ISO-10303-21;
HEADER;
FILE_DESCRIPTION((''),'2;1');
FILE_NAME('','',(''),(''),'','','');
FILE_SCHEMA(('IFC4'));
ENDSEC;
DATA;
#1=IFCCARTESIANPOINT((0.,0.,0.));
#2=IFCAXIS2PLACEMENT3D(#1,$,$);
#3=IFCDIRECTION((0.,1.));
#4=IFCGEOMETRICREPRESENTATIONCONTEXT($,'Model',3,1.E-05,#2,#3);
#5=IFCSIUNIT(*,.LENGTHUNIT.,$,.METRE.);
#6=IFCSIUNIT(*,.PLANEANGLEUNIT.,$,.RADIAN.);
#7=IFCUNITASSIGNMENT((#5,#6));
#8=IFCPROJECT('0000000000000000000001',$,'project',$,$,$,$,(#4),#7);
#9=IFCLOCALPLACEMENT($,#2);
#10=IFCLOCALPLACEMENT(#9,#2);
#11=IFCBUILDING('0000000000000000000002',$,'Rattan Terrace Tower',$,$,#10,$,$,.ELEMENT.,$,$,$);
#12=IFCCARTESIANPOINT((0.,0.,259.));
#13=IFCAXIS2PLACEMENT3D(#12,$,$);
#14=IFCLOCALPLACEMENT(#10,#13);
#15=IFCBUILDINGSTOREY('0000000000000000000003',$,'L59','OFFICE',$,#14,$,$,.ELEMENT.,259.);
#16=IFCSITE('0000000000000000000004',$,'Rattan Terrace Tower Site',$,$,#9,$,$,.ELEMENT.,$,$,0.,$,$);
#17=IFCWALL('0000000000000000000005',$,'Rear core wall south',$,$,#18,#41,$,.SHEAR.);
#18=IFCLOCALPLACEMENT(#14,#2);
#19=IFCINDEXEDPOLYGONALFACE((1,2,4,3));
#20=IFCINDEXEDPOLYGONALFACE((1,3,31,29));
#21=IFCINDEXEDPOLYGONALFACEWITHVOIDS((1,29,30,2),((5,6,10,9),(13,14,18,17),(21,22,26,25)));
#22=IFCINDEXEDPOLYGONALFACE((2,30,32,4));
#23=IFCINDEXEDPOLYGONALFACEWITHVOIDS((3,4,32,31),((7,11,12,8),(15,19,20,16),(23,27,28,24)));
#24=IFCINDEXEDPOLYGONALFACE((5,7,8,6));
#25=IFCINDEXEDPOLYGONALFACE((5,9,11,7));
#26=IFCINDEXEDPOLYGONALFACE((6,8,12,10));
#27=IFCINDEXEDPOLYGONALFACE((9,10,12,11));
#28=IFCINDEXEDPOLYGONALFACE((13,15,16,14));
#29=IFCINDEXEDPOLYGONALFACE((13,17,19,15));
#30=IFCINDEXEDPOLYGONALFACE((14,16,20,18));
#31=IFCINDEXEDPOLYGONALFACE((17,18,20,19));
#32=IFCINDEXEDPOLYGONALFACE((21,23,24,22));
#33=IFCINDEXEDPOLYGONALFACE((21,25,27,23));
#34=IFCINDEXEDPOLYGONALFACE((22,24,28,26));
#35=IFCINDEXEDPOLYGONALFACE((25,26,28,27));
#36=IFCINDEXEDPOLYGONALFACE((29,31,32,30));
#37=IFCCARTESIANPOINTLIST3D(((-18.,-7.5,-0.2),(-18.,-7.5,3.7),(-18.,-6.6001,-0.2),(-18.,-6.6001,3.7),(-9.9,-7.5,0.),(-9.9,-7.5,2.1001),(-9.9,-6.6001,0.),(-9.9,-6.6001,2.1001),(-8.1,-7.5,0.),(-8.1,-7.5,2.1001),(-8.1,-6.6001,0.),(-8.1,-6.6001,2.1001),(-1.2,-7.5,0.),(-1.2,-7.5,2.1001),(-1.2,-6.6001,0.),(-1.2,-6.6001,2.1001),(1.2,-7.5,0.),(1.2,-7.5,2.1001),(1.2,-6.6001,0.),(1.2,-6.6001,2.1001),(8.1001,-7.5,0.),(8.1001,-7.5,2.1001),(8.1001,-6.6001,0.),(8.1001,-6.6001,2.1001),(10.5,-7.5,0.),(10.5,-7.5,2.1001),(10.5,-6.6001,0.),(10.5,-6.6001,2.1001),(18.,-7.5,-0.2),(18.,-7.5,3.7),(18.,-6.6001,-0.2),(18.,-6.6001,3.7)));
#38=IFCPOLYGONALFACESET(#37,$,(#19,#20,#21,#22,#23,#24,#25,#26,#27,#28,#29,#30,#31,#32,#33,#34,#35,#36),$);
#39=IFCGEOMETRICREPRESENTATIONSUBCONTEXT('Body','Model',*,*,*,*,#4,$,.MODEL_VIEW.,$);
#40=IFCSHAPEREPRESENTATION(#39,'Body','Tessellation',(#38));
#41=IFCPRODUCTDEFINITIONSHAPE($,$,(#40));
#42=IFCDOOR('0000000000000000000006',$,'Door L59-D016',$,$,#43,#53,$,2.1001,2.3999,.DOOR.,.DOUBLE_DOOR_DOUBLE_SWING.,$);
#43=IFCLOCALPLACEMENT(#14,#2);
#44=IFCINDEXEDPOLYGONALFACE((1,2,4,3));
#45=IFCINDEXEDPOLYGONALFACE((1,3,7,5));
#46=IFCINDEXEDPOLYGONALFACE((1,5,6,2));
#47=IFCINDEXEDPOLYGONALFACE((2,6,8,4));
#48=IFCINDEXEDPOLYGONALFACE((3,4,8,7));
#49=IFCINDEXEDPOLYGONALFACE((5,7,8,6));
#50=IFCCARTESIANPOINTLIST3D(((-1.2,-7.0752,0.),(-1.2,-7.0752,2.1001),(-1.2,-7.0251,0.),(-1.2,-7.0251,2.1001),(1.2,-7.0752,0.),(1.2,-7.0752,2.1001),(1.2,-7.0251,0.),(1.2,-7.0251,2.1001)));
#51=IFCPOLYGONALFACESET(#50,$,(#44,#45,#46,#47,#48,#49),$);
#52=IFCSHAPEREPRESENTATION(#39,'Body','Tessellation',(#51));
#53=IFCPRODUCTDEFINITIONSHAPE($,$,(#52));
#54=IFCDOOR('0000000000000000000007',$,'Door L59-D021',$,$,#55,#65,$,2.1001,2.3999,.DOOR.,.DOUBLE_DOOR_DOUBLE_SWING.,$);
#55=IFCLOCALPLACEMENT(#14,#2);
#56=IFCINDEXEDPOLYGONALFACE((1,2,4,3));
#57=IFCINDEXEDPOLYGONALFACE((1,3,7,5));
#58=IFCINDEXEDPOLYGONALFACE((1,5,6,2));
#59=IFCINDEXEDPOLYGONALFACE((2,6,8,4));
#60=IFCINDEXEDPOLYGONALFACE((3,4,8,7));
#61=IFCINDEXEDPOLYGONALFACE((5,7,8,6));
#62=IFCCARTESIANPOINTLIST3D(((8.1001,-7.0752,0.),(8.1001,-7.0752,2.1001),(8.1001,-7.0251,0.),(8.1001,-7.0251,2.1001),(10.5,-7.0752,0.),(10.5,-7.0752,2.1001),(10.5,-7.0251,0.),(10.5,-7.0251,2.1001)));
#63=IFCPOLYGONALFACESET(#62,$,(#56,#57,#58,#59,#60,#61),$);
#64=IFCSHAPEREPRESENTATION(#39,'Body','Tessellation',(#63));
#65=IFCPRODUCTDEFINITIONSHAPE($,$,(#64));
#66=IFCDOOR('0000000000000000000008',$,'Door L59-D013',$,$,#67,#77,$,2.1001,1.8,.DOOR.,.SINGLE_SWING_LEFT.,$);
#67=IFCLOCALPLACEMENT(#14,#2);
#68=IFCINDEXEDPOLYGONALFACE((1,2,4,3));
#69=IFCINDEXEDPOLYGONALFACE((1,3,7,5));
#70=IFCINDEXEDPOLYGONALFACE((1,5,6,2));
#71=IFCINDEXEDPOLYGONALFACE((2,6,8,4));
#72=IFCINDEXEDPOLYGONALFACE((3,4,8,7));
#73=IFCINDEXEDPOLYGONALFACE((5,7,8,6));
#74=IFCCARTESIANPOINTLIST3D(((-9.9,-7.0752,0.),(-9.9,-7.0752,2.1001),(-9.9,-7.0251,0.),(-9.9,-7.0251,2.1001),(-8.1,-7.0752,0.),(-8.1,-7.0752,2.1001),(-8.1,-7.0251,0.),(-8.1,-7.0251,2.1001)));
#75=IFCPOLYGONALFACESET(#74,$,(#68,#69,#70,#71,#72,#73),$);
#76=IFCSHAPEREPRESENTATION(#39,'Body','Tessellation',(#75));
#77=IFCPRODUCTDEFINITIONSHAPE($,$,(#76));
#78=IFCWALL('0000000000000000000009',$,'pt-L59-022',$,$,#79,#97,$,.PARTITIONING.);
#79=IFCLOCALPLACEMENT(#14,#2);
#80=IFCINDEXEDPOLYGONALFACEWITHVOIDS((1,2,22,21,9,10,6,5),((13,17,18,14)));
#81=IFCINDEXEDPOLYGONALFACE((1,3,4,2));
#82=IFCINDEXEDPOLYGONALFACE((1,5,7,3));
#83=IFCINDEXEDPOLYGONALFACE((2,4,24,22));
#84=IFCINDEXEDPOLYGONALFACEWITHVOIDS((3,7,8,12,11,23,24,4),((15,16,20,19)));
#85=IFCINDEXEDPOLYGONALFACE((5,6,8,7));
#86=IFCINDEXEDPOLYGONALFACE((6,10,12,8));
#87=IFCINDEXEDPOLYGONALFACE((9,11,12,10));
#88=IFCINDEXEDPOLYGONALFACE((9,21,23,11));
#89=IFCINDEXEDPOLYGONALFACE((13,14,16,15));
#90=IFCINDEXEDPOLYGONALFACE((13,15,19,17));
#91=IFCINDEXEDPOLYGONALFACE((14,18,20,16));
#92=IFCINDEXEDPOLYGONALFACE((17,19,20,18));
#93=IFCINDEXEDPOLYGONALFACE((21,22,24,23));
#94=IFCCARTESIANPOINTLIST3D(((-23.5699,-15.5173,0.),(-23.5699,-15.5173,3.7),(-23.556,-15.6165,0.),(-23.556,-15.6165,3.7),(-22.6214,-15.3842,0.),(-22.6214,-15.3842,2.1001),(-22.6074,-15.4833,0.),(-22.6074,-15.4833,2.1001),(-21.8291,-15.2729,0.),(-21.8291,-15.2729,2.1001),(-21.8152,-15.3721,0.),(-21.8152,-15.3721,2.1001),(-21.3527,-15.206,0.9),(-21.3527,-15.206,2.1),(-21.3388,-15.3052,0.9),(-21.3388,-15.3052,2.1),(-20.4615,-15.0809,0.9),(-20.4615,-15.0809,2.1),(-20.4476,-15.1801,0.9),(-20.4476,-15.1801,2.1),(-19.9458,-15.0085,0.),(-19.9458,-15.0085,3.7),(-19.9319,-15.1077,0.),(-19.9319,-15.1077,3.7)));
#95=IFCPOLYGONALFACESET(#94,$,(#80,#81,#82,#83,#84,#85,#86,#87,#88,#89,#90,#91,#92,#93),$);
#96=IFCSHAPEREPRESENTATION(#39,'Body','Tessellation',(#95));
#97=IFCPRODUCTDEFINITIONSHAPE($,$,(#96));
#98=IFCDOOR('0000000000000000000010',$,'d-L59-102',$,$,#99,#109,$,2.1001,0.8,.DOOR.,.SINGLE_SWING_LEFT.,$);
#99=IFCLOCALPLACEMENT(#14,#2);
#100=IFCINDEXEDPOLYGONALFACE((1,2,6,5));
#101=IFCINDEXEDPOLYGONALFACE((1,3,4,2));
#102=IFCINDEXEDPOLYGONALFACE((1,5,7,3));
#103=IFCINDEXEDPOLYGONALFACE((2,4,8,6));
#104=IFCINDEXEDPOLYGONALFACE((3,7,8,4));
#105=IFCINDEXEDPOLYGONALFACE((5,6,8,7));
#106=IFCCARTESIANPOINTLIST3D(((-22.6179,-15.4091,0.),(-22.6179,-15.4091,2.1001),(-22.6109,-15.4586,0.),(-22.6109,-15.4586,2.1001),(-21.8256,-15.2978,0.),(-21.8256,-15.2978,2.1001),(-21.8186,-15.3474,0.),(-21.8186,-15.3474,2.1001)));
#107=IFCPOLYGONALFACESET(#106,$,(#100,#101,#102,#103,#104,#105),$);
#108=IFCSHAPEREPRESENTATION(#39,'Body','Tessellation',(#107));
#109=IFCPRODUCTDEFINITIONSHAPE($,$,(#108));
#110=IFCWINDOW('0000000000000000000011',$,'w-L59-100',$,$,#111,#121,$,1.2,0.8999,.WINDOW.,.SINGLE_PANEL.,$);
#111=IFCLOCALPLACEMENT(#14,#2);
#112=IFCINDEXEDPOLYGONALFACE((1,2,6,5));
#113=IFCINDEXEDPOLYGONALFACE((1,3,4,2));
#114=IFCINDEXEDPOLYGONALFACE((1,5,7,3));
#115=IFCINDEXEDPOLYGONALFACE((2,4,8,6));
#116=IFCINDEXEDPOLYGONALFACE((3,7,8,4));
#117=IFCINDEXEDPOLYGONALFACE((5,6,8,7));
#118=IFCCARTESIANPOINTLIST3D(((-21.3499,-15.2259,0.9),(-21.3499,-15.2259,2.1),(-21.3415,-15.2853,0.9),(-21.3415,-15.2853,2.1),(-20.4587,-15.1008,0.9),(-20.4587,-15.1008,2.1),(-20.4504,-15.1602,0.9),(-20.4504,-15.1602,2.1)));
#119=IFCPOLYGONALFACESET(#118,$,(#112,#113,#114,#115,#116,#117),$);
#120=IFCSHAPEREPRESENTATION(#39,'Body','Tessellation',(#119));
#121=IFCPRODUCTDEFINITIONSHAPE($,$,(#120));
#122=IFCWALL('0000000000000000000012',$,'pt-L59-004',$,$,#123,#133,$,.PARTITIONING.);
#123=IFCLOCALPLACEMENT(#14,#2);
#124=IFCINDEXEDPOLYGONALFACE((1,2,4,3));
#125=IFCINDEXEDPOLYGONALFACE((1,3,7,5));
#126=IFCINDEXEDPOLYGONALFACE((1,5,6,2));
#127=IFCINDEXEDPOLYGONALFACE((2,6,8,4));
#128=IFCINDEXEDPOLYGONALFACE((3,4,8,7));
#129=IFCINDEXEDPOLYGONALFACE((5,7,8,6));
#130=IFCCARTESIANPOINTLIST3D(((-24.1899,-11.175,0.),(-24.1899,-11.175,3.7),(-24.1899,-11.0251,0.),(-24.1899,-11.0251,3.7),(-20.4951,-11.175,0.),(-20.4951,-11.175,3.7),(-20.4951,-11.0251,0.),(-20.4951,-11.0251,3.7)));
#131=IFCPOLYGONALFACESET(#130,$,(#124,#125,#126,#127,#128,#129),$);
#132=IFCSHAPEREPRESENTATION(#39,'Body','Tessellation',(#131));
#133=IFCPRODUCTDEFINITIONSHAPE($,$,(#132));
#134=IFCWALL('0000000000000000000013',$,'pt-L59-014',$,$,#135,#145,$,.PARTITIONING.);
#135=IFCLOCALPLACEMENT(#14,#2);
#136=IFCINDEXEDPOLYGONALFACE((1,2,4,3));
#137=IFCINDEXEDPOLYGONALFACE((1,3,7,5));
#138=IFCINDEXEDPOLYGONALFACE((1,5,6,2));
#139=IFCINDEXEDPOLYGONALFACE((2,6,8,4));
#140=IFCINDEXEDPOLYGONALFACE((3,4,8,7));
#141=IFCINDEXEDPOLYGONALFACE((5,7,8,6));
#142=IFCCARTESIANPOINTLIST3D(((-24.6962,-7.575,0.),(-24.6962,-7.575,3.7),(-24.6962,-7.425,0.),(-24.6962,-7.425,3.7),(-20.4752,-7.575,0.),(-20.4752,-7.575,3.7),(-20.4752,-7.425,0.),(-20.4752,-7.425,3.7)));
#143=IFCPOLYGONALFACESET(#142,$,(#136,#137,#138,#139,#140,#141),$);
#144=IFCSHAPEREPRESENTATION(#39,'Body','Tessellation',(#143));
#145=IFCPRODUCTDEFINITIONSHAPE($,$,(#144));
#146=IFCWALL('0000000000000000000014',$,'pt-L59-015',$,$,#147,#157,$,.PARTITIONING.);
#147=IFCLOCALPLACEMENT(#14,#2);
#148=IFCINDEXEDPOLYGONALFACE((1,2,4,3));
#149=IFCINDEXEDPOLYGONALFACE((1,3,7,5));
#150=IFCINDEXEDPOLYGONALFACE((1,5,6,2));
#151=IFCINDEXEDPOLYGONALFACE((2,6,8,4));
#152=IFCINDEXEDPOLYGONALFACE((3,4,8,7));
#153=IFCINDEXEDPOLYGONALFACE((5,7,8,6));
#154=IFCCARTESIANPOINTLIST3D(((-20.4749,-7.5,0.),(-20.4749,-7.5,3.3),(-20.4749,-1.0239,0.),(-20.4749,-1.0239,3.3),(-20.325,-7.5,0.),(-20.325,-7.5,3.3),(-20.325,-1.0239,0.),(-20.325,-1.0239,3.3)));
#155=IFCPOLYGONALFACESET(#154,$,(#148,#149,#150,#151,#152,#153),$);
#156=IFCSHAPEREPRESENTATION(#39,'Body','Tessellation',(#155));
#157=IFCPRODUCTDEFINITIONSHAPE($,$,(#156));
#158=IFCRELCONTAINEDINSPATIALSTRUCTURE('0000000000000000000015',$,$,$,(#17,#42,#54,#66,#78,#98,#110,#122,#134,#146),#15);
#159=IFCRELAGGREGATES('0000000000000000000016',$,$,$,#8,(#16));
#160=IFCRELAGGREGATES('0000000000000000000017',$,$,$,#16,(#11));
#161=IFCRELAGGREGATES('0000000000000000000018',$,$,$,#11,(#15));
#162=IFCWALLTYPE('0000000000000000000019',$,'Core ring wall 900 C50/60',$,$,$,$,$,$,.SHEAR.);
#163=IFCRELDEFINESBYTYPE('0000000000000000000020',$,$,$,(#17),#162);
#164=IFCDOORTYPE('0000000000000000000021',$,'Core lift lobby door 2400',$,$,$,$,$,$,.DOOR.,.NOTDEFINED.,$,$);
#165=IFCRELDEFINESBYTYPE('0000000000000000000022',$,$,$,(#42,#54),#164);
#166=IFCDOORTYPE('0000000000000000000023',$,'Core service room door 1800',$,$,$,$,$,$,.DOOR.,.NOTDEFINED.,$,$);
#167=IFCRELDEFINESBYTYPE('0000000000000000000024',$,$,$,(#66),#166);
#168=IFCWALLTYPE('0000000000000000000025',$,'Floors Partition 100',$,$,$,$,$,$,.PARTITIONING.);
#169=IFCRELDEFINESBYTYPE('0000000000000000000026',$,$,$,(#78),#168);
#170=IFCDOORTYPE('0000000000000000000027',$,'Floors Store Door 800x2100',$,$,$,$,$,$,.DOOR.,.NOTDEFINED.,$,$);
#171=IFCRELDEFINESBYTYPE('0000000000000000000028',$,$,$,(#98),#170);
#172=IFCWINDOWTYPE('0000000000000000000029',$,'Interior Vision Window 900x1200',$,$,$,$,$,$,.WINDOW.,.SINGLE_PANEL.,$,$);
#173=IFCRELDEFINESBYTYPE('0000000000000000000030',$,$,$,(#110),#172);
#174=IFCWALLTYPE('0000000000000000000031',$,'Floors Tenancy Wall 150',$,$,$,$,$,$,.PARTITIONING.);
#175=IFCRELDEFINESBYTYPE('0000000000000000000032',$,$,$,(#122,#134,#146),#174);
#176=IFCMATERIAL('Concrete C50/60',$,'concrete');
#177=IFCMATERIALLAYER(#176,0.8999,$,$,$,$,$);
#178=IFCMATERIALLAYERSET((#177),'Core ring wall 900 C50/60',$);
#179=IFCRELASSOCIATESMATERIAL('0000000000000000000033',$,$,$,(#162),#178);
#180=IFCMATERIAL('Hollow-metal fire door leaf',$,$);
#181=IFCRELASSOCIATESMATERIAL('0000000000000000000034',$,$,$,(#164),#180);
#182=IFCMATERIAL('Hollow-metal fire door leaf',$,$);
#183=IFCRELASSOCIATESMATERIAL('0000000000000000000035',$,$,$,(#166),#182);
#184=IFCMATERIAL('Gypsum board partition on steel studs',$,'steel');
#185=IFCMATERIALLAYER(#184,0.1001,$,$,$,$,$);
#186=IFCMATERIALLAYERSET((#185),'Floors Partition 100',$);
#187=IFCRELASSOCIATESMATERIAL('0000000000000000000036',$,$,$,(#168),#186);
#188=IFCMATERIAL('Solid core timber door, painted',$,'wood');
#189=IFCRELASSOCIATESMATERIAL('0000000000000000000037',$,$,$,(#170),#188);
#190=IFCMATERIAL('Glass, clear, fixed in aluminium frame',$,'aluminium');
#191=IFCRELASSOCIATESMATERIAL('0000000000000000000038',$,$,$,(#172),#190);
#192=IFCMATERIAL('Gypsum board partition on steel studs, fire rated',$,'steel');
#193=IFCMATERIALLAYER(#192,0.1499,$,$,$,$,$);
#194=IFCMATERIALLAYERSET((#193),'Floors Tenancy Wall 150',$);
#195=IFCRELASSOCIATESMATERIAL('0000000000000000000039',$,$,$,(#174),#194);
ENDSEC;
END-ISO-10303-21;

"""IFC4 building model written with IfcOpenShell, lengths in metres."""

from ifc_helpers import new_model, si_unit, direction, frame, frame_2d, origin, place, context, subcontext, project, spatial, rectangle, extrude, material, layer, layer_set, type_object, element, fill, save


model = new_model("IFC4")

# Units and contexts
model_context = context("Model", 3, precision=1e-05, world=origin(), true_north=direction((0.0, 1.0)))
body_context = subcontext(model_context, "Body", "Model", "MODEL_VIEW")
ifc_project = project(units=[si_unit("LENGTHUNIT", "METRE"), si_unit("PLANEANGLEUNIT", "RADIAN")], contexts=[model_context])

# Site, building, storey
site_placement = place(None, origin())
site = spatial("IfcSite", under=ifc_project, at=site_placement, Name="Rattan Terrace Tower Site", CompositionType="ELEMENT", RefElevation=0.0)
building_placement = place(site_placement, origin())
building = spatial("IfcBuilding", under=site, at=building_placement, Name="Rattan Terrace Tower", CompositionType="ELEMENT")
storey_placement = place(building_placement, frame((0.0, 0.0, 259.0)))
storey = spatial("IfcBuildingStorey", under=building, at=storey_placement, Name="L59", Description="OFFICE", CompositionType="ELEMENT", Elevation=259.0)

# Wall, openings, doors
ifc_material_1 = material(Name="Concrete C50/60", Category="concrete")
ifc_layer_1 = layer(ifc_material_1, 0.8999)
ifc_layer_set_1 = layer_set([ifc_layer_1], Name="Core ring wall 900 C50/60")
wall_type_1 = type_object("IfcWallType", Name="Core ring wall 900 C50/60", PredefinedType="SHEAR", material=ifc_layer_set_1)
wall_1_placement = place(storey_placement, frame((-18.0, -7.05, -0.2), z_axis=(0.0, 0.0, 1.0), x_axis=(1.0, 0.0, 0.0)))
wall_1 = element("IfcWall", 1, at=wall_1_placement, inside=storey, type_object=wall_type_1, Name="Rear core wall south", PredefinedType="SHEAR", context=body_context, shape_type="SweptSolid", body=[
    extrude(rectangle(XDim=36.0, YDim=0.8999, at=frame_2d((18.0, 0.0))), origin(), (0.0, 0.0, 1.0), 3.8999),
])
opening_1_placement = place(wall_1_placement, frame((8.1001, 0.0, 0.2)))
opening_1 = element("IfcOpeningElement", 2, at=opening_1_placement, cuts=wall_1, PredefinedType="OPENING", context=body_context, shape_type="SweptSolid", body=[
    extrude(rectangle(XDim=1.8, YDim=2.1001, at=frame_2d((0.8999, 1.05))), frame((0.0, 0.4604, 0.0), z_axis=(0.0, -1.0, 0.0), x_axis=(1.0, 0.0, 0.0)), (0.0, 0.0, 1.0), 0.9209),
])
opening_2_placement = place(wall_1_placement, frame((16.8, 0.0, 0.2)))
opening_2 = element("IfcOpeningElement", 3, at=opening_2_placement, cuts=wall_1, PredefinedType="OPENING", context=body_context, shape_type="SweptSolid", body=[
    extrude(rectangle(XDim=2.3999, YDim=2.1001, at=frame_2d((1.2, 1.05))), frame((0.0, 0.4604, 0.0), z_axis=(0.0, -1.0, 0.0), x_axis=(1.0, 0.0, 0.0)), (0.0, 0.0, 1.0), 0.9209),
])
opening_3_placement = place(wall_1_placement, frame((26.1001, 0.0, 0.2)))
opening_3 = element("IfcOpeningElement", 4, at=opening_3_placement, cuts=wall_1, PredefinedType="OPENING", context=body_context, shape_type="SweptSolid", body=[
    extrude(rectangle(XDim=2.3999, YDim=2.1001, at=frame_2d((1.2, 1.05))), frame((0.0, 0.4604, 0.0), z_axis=(0.0, -1.0, 0.0), x_axis=(1.0, 0.0, 0.0)), (0.0, 0.0, 1.0), 0.9209),
])
ifc_material_2 = material(Name="Hollow-metal fire door leaf")
door_type_1 = type_object("IfcDoorType", Name="Core lift lobby door 2400", OperationType="NOTDEFINED", PredefinedType="DOOR", material=ifc_material_2)
door_1_placement = place(opening_2_placement, origin())
door_1 = element("IfcDoor", 5, at=door_1_placement, inside=storey, type_object=door_type_1, Name="Door L59-D016", OperationType="DOUBLE_DOOR_DOUBLE_SWING", OverallHeight=2.1001, OverallWidth=2.3999, PredefinedType="DOOR", context=body_context, shape_type="SweptSolid", body=[
    extrude(rectangle(XDim=2.3999, YDim=2.1001, at=frame_2d((1.2, 1.05))), frame((0.0, 0.0249, 0.0), z_axis=(0.0, -1.0, 0.0), x_axis=(1.0, 0.0, 0.0)), (0.0, 0.0, 1.0), 0.05),
])
fill(opening_2, door_1)
door_2_placement = place(opening_3_placement, origin())
door_2 = element("IfcDoor", 6, at=door_2_placement, inside=storey, type_object=door_type_1, Name="Door L59-D021", OperationType="DOUBLE_DOOR_DOUBLE_SWING", OverallHeight=2.1001, OverallWidth=2.3999, PredefinedType="DOOR", context=body_context, shape_type="SweptSolid", body=[
    extrude(rectangle(XDim=2.3999, YDim=2.1001, at=frame_2d((1.2, 1.05))), frame((0.0, 0.0249, 0.0), z_axis=(0.0, -1.0, 0.0), x_axis=(1.0, 0.0, 0.0)), (0.0, 0.0, 1.0), 0.05),
])
fill(opening_3, door_2)
ifc_material_3 = material(Name="Hollow-metal fire door leaf")
door_type_2 = type_object("IfcDoorType", Name="Core service room door 1800", OperationType="NOTDEFINED", PredefinedType="DOOR", material=ifc_material_3)
door_3_placement = place(opening_1_placement, origin())
door_3 = element("IfcDoor", 7, at=door_3_placement, inside=storey, type_object=door_type_2, Name="Door L59-D013", OperationType="SINGLE_SWING_LEFT", OverallHeight=2.1001, OverallWidth=1.8, PredefinedType="DOOR", context=body_context, shape_type="SweptSolid", body=[
    extrude(rectangle(XDim=1.8, YDim=2.1001, at=frame_2d((0.8999, 1.05))), frame((0.0, 0.0249, 0.0), z_axis=(0.0, -1.0, 0.0), x_axis=(1.0, 0.0, 0.0)), (0.0, 0.0, 1.0), 0.05),
])
fill(opening_1, door_3)

# Wall, openings, door, window
ifc_material_4 = material(Name="Gypsum board partition on steel studs", Category="steel")
ifc_layer_2 = layer(ifc_material_4, 0.1001)
ifc_layer_set_2 = layer_set([ifc_layer_2], Name="Floors Partition 100")
wall_type_2 = type_object("IfcWallType", Name="Floors Partition 100", PredefinedType="PARTITIONING", material=ifc_layer_set_2)
wall_2_placement = place(storey_placement, frame((-23.563, -15.5669, 0.0), z_axis=(0.0, 0.0, 1.0), x_axis=(0.990288, 0.13903, 0.0)))
wall_2 = element("IfcWall", 8, at=wall_2_placement, inside=storey, type_object=wall_type_2, Name="pt-L59-022", PredefinedType="PARTITIONING", context=body_context, shape_type="SweptSolid", body=[
    extrude(rectangle(XDim=3.6597, YDim=0.1001, at=frame_2d((1.8298, 0.0))), origin(), (0.0, 0.0, 1.0), 3.7),
])
opening_4_placement = place(wall_2_placement, frame((0.958, 0.0, 0.0)))
opening_4 = element("IfcOpeningElement", 9, at=opening_4_placement, cuts=wall_2, PredefinedType="OPENING", context=body_context, shape_type="SweptSolid", body=[
    extrude(rectangle(XDim=0.8, YDim=2.1001, at=frame_2d((0.3999, 1.05))), frame((0.0, 0.0605, 0.0), z_axis=(0.0, -1.0, 0.0), x_axis=(1.0, 0.0, 0.0)), (0.0, 0.0, 1.0), 0.1211),
])
opening_5_placement = place(wall_2_placement, frame((2.239, 0.0, 0.8999)))
opening_5 = element("IfcOpeningElement", 10, at=opening_5_placement, cuts=wall_2, PredefinedType="OPENING", context=body_context, shape_type="SweptSolid", body=[
    extrude(rectangle(XDim=0.8999, YDim=1.2, at=frame_2d((0.45, 0.6001))), frame((0.0, 0.0605, 0.0), z_axis=(0.0, -1.0, 0.0), x_axis=(1.0, 0.0, 0.0)), (0.0, 0.0, 1.0), 0.1211),
])
ifc_material_5 = material(Name="Solid core timber door, painted", Category="wood")
door_type_3 = type_object("IfcDoorType", Name="Floors Store Door 800x2100", OperationType="NOTDEFINED", PredefinedType="DOOR", material=ifc_material_5)
door_4_placement = place(opening_4_placement, origin())
door_4 = element("IfcDoor", 11, at=door_4_placement, inside=storey, type_object=door_type_3, Name="d-L59-102", OperationType="SINGLE_SWING_LEFT", OverallHeight=2.1001, OverallWidth=0.8, PredefinedType="DOOR", context=body_context, shape_type="SweptSolid", body=[
    extrude(rectangle(XDim=0.8, YDim=2.1001, at=frame_2d((0.3999, 1.05))), frame((0.0, 0.0249, 0.0), z_axis=(0.0, -1.0, 0.0), x_axis=(1.0, 0.0, 0.0)), (0.0, 0.0, 1.0), 0.05),
])
fill(opening_4, door_4)
ifc_material_6 = material(Name="Glass, clear, fixed in aluminium frame", Category="aluminium")
window_type = type_object("IfcWindowType", Name="Interior Vision Window 900x1200", PartitioningType="SINGLE_PANEL", PredefinedType="WINDOW", material=ifc_material_6)
window_placement = place(opening_5_placement, origin())
window = element("IfcWindow", 12, at=window_placement, inside=storey, type_object=window_type, Name="w-L59-100", OverallHeight=1.2, OverallWidth=0.8999, PartitioningType="SINGLE_PANEL", PredefinedType="WINDOW", context=body_context, shape_type="SweptSolid", body=[
    extrude(rectangle(XDim=0.8999, YDim=1.2, at=frame_2d((0.45, 0.6001))), frame((0.0, 0.03, 0.0), z_axis=(0.0, -1.0, 0.0), x_axis=(1.0, 0.0, 0.0)), (0.0, 0.0, 1.0), 0.0601),
])
fill(opening_5, window)

# Walls
ifc_material_7 = material(Name="Gypsum board partition on steel studs, fire rated", Category="steel")
ifc_layer_3 = layer(ifc_material_7, 0.1499)
ifc_layer_set_3 = layer_set([ifc_layer_3], Name="Floors Tenancy Wall 150")
wall_type_3 = type_object("IfcWallType", Name="Floors Tenancy Wall 150", PredefinedType="PARTITIONING", material=ifc_layer_set_3)
wall_3_placement = place(storey_placement, frame((-20.4951, -11.1001, 0.0), z_axis=(0.0, 0.0, 1.0), x_axis=(-1.0, 0.0, 0.0)))
element("IfcWall", 13, at=wall_3_placement, inside=storey, type_object=wall_type_3, Name="pt-L59-004", PredefinedType="PARTITIONING", context=body_context, shape_type="SweptSolid", body=[
    extrude(rectangle(XDim=3.6948, YDim=0.1499, at=frame_2d((1.8474, 0.0))), origin(), (0.0, 0.0, 1.0), 3.7),
])
wall_4_placement = place(storey_placement, frame((-24.696, -7.5, 0.0), z_axis=(0.0, 0.0, 1.0), x_axis=(1.0, 0.0, 0.0)))
element("IfcWall", 14, at=wall_4_placement, inside=storey, type_object=wall_type_3, Name="pt-L59-014", PredefinedType="PARTITIONING", context=body_context, shape_type="SweptSolid", body=[
    extrude(rectangle(XDim=4.2209, YDim=0.1499, at=frame_2d((2.1104, 0.0))), origin(), (0.0, 0.0, 1.0), 3.7),
])
wall_5_placement = place(storey_placement, frame((-20.3999, -7.5, 0.0), z_axis=(0.0, 0.0, 1.0), x_axis=(0.0, 1.0, 0.0)))
element("IfcWall", 15, at=wall_5_placement, inside=storey, type_object=wall_type_3, Name="pt-L59-015", PredefinedType="PARTITIONING", context=body_context, shape_type="SweptSolid", body=[
    extrude(rectangle(XDim=6.4761, YDim=0.1499, at=frame_2d((3.238, 0.0))), origin(), (0.0, 0.0, 1.0), 3.3),
])

save(model, "model.ifc")
